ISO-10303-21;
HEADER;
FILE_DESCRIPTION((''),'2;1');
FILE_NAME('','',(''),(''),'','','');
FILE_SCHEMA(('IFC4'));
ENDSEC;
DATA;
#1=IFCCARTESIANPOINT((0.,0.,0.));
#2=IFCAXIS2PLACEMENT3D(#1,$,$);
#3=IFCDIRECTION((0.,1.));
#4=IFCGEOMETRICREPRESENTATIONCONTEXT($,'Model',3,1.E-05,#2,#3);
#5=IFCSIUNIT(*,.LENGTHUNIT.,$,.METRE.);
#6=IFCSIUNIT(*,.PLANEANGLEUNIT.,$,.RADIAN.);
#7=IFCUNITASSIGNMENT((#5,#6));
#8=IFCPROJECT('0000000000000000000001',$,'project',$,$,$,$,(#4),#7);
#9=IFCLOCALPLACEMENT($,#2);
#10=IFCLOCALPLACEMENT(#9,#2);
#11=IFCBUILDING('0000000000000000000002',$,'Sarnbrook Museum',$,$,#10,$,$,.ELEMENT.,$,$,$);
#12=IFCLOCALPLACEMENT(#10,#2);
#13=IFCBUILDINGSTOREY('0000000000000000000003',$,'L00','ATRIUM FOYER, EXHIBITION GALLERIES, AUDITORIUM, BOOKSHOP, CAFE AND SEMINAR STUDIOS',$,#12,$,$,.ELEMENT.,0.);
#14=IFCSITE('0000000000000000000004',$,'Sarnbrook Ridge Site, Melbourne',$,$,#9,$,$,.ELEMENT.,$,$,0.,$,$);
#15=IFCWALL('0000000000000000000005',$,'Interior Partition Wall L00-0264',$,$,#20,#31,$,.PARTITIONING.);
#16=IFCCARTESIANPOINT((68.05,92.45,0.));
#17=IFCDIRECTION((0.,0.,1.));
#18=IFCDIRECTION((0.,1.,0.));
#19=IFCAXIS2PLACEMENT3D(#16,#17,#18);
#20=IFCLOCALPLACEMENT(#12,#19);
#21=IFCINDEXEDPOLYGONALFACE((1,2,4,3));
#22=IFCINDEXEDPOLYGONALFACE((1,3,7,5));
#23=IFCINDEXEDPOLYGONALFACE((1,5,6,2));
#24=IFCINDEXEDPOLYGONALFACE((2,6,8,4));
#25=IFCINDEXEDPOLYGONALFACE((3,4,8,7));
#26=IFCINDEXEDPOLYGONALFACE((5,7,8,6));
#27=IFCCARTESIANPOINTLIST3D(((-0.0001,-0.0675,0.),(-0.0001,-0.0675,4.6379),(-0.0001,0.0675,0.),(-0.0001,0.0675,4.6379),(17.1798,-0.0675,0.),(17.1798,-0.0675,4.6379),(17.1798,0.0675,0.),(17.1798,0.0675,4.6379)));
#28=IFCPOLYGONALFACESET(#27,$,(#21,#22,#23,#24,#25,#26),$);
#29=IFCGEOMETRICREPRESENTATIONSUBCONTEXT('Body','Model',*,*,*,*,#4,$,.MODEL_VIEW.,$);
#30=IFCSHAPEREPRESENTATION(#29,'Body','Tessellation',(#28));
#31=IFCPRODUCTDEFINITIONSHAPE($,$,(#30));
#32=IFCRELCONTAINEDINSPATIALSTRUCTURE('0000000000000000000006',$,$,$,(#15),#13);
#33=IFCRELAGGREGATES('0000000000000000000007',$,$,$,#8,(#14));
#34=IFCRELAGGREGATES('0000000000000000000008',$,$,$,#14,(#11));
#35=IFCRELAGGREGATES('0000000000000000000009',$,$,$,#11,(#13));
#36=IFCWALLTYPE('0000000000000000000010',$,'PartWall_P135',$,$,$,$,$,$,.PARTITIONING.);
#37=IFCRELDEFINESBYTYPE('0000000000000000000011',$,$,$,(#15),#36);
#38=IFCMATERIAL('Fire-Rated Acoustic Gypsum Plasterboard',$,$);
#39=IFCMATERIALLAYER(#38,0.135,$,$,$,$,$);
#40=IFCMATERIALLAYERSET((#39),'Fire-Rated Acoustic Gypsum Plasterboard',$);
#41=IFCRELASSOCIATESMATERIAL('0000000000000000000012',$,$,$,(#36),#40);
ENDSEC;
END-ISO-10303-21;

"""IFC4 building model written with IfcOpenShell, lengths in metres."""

from ifc_helpers import new_model, si_unit, direction, frame, frame_2d, origin, place, context, subcontext, project, spatial, rectangle, extrude, material, layer, layer_set, type_object, element, save


model = new_model("IFC4")

# Units and contexts
model_context = context("Model", 3, precision=1e-05, world=origin(), true_north=direction((0.0, 1.0)))
body_context = subcontext(model_context, "Body", "Model", "MODEL_VIEW")
ifc_project = project(units=[si_unit("LENGTHUNIT", "METRE"), si_unit("PLANEANGLEUNIT", "RADIAN")], contexts=[model_context])

# Site, building, storey
site_placement = place(None, origin())
site = spatial("IfcSite", under=ifc_project, at=site_placement, Name="Sarnbrook Ridge Site, Melbourne", CompositionType="ELEMENT", RefElevation=0.0)
building_placement = place(site_placement, origin())
building = spatial("IfcBuilding", under=site, at=building_placement, Name="Sarnbrook Museum", CompositionType="ELEMENT")
storey_placement = place(building_placement, origin())
storey = spatial("IfcBuildingStorey", under=building, at=storey_placement, Name="L00", Description="ATRIUM FOYER, EXHIBITION GALLERIES, AUDITORIUM, BOOKSHOP, CAFE AND SEMINAR STUDIOS", CompositionType="ELEMENT", Elevation=0.0)

# Shared definitions
ifc_material_1 = material(Name="Fire-Rated Acoustic Gypsum Plasterboard")
ifc_layer_1 = layer(ifc_material_1, 0.135)
ifc_layer_set_1 = layer_set([ifc_layer_1], Name="Fire-Rated Acoustic Gypsum Plasterboard")
wall_type_1 = type_object("IfcWallType", Name="PartWall_P135", PredefinedType="PARTITIONING", material=ifc_layer_set_1)

# Wall
wall_1_placement = place(storey_placement, frame((68.05, 92.45, 0.0), z_axis=(0.0, 0.0, 1.0), x_axis=(0.0, 1.0, 0.0)))
element("IfcWall", 1, at=wall_1_placement, inside=storey, type_object=wall_type_1, Name="Interior Partition Wall L00-0264", PredefinedType="PARTITIONING", context=body_context, shape_type="SweptSolid", body=[
    extrude(rectangle(XDim=17.1799, YDim=0.135, at=frame_2d((8.5898, 0.0))), origin(), (0.0, 0.0, 1.0), 4.6379),
])

save(model, "model.ifc")
